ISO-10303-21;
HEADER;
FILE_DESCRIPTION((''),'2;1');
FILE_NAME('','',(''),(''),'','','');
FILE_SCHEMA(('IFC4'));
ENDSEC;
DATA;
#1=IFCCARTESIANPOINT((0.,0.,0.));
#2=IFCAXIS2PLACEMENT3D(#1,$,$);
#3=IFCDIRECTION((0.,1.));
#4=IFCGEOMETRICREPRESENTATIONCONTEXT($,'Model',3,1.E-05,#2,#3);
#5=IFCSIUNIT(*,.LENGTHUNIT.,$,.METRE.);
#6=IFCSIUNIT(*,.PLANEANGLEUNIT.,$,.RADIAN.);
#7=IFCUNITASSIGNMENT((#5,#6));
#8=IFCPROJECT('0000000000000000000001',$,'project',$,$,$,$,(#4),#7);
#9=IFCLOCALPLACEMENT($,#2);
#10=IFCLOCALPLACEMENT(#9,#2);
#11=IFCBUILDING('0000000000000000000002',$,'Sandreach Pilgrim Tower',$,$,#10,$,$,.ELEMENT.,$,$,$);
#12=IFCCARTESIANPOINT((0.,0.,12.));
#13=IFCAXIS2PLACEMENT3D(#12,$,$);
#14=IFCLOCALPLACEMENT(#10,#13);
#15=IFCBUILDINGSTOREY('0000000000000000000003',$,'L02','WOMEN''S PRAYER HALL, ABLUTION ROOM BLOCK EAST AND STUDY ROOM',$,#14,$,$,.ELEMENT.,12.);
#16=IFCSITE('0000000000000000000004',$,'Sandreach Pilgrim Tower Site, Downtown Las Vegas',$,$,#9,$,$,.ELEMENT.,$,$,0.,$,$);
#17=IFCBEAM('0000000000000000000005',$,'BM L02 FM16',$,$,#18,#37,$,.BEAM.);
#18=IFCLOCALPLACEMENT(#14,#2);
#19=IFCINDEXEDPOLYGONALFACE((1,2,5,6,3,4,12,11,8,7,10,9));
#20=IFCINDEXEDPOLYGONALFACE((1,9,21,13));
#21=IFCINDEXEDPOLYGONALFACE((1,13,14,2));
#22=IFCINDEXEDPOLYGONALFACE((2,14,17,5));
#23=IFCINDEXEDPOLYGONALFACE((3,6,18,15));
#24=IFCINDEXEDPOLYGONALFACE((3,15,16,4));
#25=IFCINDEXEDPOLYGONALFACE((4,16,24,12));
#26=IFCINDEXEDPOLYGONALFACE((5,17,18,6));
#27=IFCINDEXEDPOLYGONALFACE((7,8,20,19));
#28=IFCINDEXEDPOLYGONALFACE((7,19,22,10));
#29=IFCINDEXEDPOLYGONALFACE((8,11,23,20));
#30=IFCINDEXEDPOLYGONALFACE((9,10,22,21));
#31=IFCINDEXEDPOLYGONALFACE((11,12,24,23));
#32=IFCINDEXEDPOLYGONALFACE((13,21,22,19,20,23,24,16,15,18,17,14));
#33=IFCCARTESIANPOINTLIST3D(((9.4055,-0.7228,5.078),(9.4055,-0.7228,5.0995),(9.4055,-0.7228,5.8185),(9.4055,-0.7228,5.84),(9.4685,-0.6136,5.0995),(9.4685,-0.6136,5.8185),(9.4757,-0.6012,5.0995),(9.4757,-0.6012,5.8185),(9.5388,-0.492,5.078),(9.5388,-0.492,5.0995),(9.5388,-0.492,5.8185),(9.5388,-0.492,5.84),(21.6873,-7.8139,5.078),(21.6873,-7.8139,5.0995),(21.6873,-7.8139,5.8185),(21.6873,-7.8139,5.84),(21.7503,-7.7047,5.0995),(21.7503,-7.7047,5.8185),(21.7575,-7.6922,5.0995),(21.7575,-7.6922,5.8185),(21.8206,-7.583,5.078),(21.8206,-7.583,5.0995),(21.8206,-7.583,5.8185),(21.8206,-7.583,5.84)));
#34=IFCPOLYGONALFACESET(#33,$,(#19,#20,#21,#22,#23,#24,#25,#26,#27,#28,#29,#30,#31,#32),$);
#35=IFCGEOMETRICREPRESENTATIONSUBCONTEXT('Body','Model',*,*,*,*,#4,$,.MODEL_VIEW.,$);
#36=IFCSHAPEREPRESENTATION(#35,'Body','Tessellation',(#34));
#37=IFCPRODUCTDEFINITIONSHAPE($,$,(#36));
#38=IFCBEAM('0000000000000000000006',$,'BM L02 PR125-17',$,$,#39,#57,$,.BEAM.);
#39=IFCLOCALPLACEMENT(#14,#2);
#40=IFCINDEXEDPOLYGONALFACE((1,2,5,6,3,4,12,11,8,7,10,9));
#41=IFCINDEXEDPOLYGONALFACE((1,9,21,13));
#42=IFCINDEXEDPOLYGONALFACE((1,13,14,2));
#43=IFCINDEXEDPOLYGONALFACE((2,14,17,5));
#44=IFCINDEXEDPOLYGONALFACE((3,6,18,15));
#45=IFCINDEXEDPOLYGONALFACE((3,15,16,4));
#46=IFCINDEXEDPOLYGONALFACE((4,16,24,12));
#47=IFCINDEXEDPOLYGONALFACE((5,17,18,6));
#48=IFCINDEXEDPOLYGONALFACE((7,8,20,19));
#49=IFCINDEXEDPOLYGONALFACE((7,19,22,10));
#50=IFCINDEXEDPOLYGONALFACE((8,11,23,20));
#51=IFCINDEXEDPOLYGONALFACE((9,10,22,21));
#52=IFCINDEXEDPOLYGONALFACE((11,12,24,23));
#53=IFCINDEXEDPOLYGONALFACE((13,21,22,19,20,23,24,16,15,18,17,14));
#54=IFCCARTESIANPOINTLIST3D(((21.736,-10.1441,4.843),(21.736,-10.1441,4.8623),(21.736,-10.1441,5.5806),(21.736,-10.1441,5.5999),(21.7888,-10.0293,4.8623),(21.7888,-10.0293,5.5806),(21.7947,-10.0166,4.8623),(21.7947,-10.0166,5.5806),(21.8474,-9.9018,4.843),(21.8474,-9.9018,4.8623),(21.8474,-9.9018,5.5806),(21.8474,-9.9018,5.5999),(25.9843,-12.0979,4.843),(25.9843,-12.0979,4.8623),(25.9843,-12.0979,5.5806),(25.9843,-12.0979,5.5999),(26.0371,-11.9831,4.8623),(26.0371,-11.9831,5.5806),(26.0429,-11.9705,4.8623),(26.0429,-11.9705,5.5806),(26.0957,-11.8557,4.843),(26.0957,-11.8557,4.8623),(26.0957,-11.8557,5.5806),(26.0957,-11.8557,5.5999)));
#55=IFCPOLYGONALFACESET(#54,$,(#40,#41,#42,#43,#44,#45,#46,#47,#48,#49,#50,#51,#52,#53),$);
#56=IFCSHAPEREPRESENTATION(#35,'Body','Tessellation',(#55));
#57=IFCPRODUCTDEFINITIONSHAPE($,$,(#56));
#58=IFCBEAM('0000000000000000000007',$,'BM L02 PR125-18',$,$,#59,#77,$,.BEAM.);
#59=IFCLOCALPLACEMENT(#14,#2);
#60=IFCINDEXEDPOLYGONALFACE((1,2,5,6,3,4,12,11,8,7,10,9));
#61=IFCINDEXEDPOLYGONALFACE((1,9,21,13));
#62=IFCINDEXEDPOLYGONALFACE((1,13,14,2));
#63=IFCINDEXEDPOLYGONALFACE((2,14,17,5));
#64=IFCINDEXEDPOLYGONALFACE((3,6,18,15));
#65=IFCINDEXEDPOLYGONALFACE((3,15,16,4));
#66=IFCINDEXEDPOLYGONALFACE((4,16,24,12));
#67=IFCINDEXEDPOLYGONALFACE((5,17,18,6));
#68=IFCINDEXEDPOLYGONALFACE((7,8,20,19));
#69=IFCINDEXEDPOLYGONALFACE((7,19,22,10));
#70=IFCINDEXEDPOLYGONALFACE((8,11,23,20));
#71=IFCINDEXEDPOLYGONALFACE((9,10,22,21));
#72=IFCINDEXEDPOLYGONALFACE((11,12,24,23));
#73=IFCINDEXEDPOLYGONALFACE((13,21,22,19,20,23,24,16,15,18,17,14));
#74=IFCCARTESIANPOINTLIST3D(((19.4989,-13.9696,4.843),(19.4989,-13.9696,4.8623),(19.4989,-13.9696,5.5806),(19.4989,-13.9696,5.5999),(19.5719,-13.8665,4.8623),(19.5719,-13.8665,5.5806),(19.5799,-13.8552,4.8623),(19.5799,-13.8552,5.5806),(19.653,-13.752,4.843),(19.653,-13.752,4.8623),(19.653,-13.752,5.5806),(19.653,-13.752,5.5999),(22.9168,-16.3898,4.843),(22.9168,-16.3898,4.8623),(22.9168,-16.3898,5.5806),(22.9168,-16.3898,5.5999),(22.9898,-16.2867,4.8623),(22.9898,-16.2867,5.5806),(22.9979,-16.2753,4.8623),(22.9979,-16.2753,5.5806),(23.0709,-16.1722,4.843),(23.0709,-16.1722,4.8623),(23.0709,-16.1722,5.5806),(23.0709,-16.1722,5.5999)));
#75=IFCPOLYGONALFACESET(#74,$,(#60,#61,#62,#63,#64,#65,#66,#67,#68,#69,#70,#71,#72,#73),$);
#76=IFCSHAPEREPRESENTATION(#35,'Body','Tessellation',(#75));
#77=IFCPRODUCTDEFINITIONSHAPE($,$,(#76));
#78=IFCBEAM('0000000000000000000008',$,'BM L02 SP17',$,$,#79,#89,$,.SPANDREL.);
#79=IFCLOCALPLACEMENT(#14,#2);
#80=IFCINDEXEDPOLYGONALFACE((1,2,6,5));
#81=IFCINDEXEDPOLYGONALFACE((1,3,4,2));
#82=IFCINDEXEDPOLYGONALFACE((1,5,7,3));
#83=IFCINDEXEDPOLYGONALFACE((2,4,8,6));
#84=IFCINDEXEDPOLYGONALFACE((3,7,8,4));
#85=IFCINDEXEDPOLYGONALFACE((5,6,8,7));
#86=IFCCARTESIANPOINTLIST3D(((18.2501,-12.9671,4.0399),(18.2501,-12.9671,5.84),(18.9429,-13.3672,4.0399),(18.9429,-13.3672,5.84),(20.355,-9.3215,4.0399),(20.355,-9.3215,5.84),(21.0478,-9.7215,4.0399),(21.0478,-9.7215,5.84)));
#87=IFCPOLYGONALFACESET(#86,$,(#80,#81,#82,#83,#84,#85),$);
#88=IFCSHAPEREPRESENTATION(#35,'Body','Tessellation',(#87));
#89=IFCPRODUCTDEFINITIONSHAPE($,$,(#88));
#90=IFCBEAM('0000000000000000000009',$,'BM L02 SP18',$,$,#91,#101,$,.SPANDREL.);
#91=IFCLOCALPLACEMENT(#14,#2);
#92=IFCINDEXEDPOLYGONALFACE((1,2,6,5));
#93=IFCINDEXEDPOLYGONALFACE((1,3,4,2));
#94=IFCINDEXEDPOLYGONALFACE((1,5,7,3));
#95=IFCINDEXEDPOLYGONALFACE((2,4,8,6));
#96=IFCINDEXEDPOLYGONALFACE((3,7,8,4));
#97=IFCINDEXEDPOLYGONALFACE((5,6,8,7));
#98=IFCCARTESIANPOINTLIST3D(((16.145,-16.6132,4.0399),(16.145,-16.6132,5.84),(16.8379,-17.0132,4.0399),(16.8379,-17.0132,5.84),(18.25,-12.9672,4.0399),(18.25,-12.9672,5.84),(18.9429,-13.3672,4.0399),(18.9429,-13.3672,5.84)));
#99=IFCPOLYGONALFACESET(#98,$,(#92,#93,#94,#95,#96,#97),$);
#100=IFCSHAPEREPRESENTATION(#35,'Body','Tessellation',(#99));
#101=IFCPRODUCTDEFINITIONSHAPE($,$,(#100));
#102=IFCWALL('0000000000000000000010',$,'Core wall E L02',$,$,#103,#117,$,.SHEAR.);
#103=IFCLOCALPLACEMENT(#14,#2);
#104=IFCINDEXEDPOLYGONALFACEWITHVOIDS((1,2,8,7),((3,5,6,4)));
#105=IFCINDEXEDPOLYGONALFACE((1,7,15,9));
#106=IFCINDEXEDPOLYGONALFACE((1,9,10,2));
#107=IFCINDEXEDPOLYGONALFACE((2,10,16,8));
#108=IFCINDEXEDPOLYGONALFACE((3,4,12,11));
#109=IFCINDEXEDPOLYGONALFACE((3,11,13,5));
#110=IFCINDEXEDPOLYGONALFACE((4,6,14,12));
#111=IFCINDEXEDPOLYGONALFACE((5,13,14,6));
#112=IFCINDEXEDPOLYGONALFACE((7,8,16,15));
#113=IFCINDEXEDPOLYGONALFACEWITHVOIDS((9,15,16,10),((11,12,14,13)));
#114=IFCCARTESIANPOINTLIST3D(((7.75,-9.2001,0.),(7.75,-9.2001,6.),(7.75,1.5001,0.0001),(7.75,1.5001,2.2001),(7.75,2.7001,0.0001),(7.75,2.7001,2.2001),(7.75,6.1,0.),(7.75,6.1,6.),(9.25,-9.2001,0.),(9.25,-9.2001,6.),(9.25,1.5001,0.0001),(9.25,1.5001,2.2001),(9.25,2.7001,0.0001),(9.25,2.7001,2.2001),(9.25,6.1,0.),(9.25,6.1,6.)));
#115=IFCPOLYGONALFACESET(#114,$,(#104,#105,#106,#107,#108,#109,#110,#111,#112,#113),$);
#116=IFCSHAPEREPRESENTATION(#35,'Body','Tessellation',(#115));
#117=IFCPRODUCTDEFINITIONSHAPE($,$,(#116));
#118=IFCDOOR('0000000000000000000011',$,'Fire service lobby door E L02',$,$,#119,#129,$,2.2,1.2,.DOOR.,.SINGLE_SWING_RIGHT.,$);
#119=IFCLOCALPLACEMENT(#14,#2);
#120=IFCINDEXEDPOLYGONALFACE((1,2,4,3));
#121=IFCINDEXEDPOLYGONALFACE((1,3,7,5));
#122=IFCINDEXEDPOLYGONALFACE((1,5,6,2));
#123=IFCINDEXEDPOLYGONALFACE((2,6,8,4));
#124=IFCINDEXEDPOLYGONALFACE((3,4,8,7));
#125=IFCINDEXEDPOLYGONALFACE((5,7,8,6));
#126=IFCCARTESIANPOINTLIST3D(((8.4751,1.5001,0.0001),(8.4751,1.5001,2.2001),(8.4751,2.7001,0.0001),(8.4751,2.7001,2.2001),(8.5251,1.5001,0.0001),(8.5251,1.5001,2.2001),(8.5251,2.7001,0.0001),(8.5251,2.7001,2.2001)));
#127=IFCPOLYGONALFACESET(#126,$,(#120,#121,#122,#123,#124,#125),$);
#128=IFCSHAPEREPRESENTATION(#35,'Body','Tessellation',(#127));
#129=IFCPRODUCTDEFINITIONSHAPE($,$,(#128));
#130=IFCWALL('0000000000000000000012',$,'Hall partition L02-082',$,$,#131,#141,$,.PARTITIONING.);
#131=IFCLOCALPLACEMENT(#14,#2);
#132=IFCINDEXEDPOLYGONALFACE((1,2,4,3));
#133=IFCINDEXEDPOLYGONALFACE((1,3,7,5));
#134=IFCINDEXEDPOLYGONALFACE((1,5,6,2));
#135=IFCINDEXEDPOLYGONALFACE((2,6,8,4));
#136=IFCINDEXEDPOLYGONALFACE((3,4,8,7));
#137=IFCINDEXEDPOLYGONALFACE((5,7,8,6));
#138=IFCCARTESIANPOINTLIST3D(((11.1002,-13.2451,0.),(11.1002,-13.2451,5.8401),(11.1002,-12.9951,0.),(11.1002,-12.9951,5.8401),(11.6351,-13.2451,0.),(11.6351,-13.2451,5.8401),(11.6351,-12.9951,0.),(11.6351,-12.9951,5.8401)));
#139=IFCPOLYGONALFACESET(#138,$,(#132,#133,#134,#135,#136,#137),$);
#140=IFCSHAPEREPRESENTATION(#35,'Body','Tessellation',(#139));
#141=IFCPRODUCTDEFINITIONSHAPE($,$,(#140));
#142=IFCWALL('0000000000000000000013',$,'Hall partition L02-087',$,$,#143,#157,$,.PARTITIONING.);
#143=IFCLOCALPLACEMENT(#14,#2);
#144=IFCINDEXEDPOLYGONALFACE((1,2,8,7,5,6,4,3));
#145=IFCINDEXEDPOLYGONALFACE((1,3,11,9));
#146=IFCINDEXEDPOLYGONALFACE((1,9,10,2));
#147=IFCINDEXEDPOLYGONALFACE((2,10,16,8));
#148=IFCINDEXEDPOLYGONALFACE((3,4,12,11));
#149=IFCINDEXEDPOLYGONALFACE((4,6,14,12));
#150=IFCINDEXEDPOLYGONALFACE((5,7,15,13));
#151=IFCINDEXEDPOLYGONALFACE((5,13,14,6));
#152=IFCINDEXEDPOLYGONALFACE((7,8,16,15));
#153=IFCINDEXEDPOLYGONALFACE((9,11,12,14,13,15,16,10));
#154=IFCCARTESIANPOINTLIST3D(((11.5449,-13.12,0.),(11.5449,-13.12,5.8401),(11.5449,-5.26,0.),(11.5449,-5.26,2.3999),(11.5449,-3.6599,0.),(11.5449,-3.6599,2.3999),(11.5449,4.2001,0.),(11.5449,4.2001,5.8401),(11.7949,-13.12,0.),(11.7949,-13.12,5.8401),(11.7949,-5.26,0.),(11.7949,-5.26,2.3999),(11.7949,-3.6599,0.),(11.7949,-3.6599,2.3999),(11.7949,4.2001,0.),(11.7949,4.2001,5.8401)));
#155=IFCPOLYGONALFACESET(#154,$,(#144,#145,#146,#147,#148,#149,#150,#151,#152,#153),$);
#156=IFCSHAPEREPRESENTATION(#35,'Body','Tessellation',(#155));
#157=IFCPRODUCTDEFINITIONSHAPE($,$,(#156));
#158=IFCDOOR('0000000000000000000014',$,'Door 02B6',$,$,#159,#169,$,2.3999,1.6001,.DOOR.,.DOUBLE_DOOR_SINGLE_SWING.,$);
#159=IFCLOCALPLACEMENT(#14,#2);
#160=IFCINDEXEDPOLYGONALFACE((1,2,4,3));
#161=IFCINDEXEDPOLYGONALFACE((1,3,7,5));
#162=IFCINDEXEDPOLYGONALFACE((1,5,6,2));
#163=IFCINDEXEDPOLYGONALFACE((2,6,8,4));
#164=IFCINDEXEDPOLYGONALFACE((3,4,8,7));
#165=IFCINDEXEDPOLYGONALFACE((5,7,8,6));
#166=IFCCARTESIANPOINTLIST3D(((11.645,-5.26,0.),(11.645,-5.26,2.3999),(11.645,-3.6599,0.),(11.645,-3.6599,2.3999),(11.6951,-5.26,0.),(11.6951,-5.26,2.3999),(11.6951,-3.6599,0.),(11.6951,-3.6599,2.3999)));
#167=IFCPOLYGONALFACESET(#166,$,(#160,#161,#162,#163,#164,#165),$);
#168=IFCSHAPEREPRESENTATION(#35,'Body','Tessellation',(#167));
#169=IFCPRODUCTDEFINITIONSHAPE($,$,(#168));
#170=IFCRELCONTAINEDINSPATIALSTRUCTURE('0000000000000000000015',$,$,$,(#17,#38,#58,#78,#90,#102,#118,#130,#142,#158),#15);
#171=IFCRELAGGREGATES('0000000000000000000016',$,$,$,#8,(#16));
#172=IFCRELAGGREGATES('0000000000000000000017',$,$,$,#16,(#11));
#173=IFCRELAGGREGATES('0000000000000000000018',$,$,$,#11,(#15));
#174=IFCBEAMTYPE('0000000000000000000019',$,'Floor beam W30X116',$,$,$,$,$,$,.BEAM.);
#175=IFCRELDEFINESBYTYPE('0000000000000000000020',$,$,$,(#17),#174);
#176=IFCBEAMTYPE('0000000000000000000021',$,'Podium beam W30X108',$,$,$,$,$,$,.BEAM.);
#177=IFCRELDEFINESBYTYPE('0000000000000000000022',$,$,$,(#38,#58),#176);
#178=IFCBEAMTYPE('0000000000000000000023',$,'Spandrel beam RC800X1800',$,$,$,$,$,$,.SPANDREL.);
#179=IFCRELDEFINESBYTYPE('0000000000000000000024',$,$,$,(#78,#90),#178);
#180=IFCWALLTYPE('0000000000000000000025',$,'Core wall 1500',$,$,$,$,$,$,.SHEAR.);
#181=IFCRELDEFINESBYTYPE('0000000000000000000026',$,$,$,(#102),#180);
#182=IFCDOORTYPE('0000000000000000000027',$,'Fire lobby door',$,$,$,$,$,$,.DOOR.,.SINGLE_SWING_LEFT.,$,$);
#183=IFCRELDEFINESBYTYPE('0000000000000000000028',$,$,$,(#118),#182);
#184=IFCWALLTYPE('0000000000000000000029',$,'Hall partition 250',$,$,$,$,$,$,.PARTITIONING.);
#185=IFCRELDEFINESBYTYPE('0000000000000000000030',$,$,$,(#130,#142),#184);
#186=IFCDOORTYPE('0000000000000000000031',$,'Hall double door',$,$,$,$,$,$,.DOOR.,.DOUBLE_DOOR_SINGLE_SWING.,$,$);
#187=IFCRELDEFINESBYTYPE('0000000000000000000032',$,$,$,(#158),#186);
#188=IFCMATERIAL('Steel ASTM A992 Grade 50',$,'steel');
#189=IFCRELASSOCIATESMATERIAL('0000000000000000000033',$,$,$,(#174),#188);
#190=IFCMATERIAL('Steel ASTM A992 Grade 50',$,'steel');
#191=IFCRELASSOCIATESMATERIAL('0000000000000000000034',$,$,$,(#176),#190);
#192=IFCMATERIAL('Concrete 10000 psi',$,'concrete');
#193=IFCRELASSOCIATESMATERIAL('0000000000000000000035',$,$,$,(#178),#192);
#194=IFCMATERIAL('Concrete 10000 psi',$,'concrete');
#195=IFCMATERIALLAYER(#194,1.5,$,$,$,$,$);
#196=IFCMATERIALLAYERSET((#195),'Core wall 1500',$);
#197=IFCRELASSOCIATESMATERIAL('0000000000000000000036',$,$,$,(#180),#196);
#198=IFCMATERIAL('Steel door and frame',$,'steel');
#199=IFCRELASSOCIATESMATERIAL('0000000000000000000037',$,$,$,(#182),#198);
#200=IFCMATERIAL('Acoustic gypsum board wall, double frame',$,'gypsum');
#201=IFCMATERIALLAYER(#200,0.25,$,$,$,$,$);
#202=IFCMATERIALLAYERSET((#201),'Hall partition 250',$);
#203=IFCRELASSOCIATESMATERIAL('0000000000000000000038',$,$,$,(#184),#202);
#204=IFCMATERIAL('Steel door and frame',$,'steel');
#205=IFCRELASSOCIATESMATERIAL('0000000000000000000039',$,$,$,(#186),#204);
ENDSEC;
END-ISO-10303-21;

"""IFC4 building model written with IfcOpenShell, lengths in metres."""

from ifc_helpers import new_model, si_unit, direction, frame, frame_2d, origin, origin_2d, place, context, subcontext, project, spatial, rectangle, i_section, extrude, material, layer, layer_set, material_profile, profile_set, type_object, element, fill, save


model = new_model("IFC4")

# Units and contexts
model_context = context("Model", 3, precision=1e-05, world=origin(), true_north=direction((0.0, 1.0)))
body_context = subcontext(model_context, "Body", "Model", "MODEL_VIEW")
ifc_project = project(units=[si_unit("LENGTHUNIT", "METRE"), si_unit("PLANEANGLEUNIT", "RADIAN")], contexts=[model_context])

# Site, building, storey
site_placement = place(None, origin())
site = spatial("IfcSite", under=ifc_project, at=site_placement, Name="Sandreach Pilgrim Tower Site, Downtown Las Vegas", CompositionType="ELEMENT", RefElevation=0.0)
building_placement = place(site_placement, origin())
building = spatial("IfcBuilding", under=site, at=building_placement, Name="Sandreach Pilgrim Tower", CompositionType="ELEMENT")
storey_placement = place(building_placement, frame((0.0, 0.0, 12.0)))
storey = spatial("IfcBuildingStorey", under=building, at=storey_placement, Name="L02", Description="WOMEN'S PRAYER HALL, ABLUTION ROOM BLOCK EAST AND STUDY ROOM", CompositionType="ELEMENT", Elevation=12.0)

# Beams
ifc_material_1 = material(Name="Steel ASTM A992 Grade 50", Category="steel")
ifc_material_profile_1 = material_profile(ifc_material_1, i_section(OverallWidth=0.2666, OverallDepth=0.762, WebThickness=0.0144, FlangeThickness=0.0215, at=origin_2d()), Name="W30X116")
ifc_profile_set_1 = profile_set([ifc_material_profile_1], Name="Steel ASTM A992 Grade 50")
beam_type_1 = type_object("IfcBeamType", Name="Floor beam W30X116", PredefinedType="BEAM", material=ifc_profile_set_1)
beam_1_placement = place(storey_placement, frame((21.7539, -7.6985, 5.459), z_axis=(-0.866019, 0.500011, 0.0), x_axis=(-0.500011, -0.866019, 0.0)))
element("IfcBeam", 1, at=beam_1_placement, inside=storey, type_object=beam_type_1, Name="BM L02 FM16", PredefinedType="BEAM", context=body_context, shape_type="SweptSolid", body=[
    extrude(i_section(OverallWidth=0.2666, OverallDepth=0.762, WebThickness=0.0144, FlangeThickness=0.0215, at=origin_2d()), origin(), (0.0, 0.0, 1.0), 14.1819),
])
ifc_material_2 = material(Name="Steel ASTM A992 Grade 50", Category="steel")
ifc_material_profile_2 = material_profile(ifc_material_2, i_section(OverallWidth=0.2666, OverallDepth=0.7568, WebThickness=0.0139, FlangeThickness=0.0193, at=origin_2d()), Name="W30X108")
ifc_profile_set_2 = profile_set([ifc_material_profile_2], Name="Steel ASTM A992 Grade 50")
beam_type_2 = type_object("IfcBeamType", Name="Podium beam W30X108", PredefinedType="BEAM", material=ifc_profile_set_2)
beam_2_placement = place(storey_placement, frame((21.7917, -10.0229, 5.2214), z_axis=(0.908519, -0.417843, 0.0), x_axis=(0.417843, 0.908519, 0.0)))
element("IfcBeam", 2, at=beam_2_placement, inside=storey, type_object=beam_type_2, Name="BM L02 PR125-17", PredefinedType="BEAM", context=body_context, shape_type="SweptSolid", body=[
    extrude(i_section(OverallWidth=0.2666, OverallDepth=0.7568, WebThickness=0.0139, FlangeThickness=0.0193, at=origin_2d()), origin(), (0.0, 0.0, 1.0), 4.676),
])
beam_3_placement = place(storey_placement, frame((19.5759, -13.8608, 5.2214), z_axis=(0.816125, -0.577875, 0.0), x_axis=(0.577875, 0.816125, 0.0)))
element("IfcBeam", 3, at=beam_3_placement, inside=storey, type_object=beam_type_2, Name="BM L02 PR125-18", PredefinedType="BEAM", context=body_context, shape_type="SweptSolid", body=[
    extrude(i_section(OverallWidth=0.2666, OverallDepth=0.7568, WebThickness=0.0139, FlangeThickness=0.0193, at=origin_2d()), origin(), (0.0, 0.0, 1.0), 4.188),
])
ifc_material_3 = material(Name="Concrete 10000 psi", Category="concrete")
ifc_material_profile_3 = material_profile(ifc_material_3, rectangle(XDim=0.8, YDim=1.8, at=origin_2d()), Name="RC800X1800")
ifc_profile_set_3 = profile_set([ifc_material_profile_3], Name="Concrete 10000 psi")
beam_type_3 = type_object("IfcBeamType", Name="Spandrel beam RC800X1800", PredefinedType="SPANDREL", material=ifc_profile_set_3)
beam_4_placement = place(storey_placement, frame((20.7014, -9.5215, 4.9399), z_axis=(-0.500019, -0.866015, 0.0), x_axis=(0.866015, -0.500019, 0.0)))
element("IfcBeam", 4, at=beam_4_placement, inside=storey, type_object=beam_type_3, Name="BM L02 SP17", PredefinedType="SPANDREL", context=body_context, shape_type="SweptSolid", body=[
    extrude(rectangle(XDim=0.8, YDim=1.8, at=origin_2d()), origin(), (0.0, 0.0, 1.0), 4.2097),
])
beam_5_placement = place(storey_placement, frame((18.5964, -13.1672, 4.9399), z_axis=(-0.499994, -0.866029, 0.0), x_axis=(0.866029, -0.499994, 0.0)))
element("IfcBeam", 5, at=beam_5_placement, inside=storey, type_object=beam_type_3, Name="BM L02 SP18", PredefinedType="SPANDREL", context=body_context, shape_type="SweptSolid", body=[
    extrude(rectangle(XDim=0.8, YDim=1.8, at=origin_2d()), origin(), (0.0, 0.0, 1.0), 4.21),
])

# Wall, opening, door
ifc_material_4 = material(Name="Concrete 10000 psi", Category="concrete")
ifc_layer_1 = layer(ifc_material_4, 1.5)
ifc_layer_set_1 = layer_set([ifc_layer_1], Name="Core wall 1500")
wall_type_1 = type_object("IfcWallType", Name="Core wall 1500", PredefinedType="SHEAR", material=ifc_layer_set_1)
wall_1_placement = place(storey_placement, frame((8.5, -9.2, 0.0), z_axis=(0.0, 0.0, 1.0), x_axis=(0.0, 1.0, 0.0)))
wall_1 = element("IfcWall", 6, at=wall_1_placement, inside=storey, type_object=wall_type_1, Name="Core wall E L02", PredefinedType="SHEAR", context=body_context, shape_type="SweptSolid", body=[
    extrude(rectangle(XDim=15.3, YDim=1.5, at=frame_2d((7.6499, 0.0))), origin(), (0.0, 0.0, 1.0), 6.0),
])
opening_1_placement = place(wall_1_placement, frame((10.7, 0.0, 0.0)))
opening_1 = element("IfcOpeningElement", 7, at=opening_1_placement, cuts=wall_1, PredefinedType="OPENING", context=body_context, shape_type="SweptSolid", body=[
    extrude(rectangle(XDim=1.2, YDim=2.2, at=frame_2d((0.6001, 1.1001))), frame((0.0, 0.75, 0.0), z_axis=(0.0, -1.0, 0.0), x_axis=(1.0, 0.0, 0.0)), (0.0, 0.0, 1.0), 1.5),
])
ifc_material_5 = material(Name="Steel door and frame", Category="steel")
door_type_1 = type_object("IfcDoorType", Name="Fire lobby door", OperationType="SINGLE_SWING_LEFT", PredefinedType="DOOR", material=ifc_material_5)
door_1_placement = place(opening_1_placement, origin())
door_1 = element("IfcDoor", 8, at=door_1_placement, inside=storey, type_object=door_type_1, Name="Fire service lobby door E L02", OperationType="SINGLE_SWING_RIGHT", OverallHeight=2.2, OverallWidth=1.2, PredefinedType="DOOR", context=body_context, shape_type="SweptSolid", body=[
    extrude(rectangle(XDim=1.2, YDim=2.2, at=frame_2d((0.6001, 1.1001))), frame((0.0, 0.0249, 0.0), z_axis=(0.0, -1.0, 0.0), x_axis=(1.0, 0.0, 0.0)), (0.0, 0.0, 1.0), 0.05),
])
fill(opening_1, door_1)

# Wall
ifc_material_6 = material(Name="Acoustic gypsum board wall, double frame", Category="gypsum")
ifc_layer_2 = layer(ifc_material_6, 0.25)
ifc_layer_set_2 = layer_set([ifc_layer_2], Name="Hall partition 250")
wall_type_2 = type_object("IfcWallType", Name="Hall partition 250", PredefinedType="PARTITIONING", material=ifc_layer_set_2)
wall_2_placement = place(storey_placement, frame((11.1001, -13.1201, 0.0), z_axis=(0.0, 0.0, 1.0), x_axis=(1.0, 0.0, 0.0)))
element("IfcWall", 9, at=wall_2_placement, inside=storey, type_object=wall_type_2, Name="Hall partition L02-082", PredefinedType="PARTITIONING", context=body_context, shape_type="SweptSolid", body=[
    extrude(rectangle(XDim=0.5349, YDim=0.25, at=frame_2d((0.2676, 0.0))), origin(), (0.0, 0.0, 1.0), 5.8401),
])

# Wall, opening, door
wall_3_placement = place(storey_placement, frame((11.6699, -13.1201, 0.0), z_axis=(0.0, 0.0, 1.0), x_axis=(0.0, 1.0, 0.0)))
wall_3 = element("IfcWall", 10, at=wall_3_placement, inside=storey, type_object=wall_type_2, Name="Hall partition L02-087", PredefinedType="PARTITIONING", context=body_context, shape_type="SweptSolid", body=[
    extrude(rectangle(XDim=17.3201, YDim=0.25, at=frame_2d((8.6602, 0.0))), origin(), (0.0, 0.0, 1.0), 5.8401),
])
opening_2_placement = place(wall_3_placement, frame((7.8601, 0.0, 0.0)))
opening_2 = element("IfcOpeningElement", 11, at=opening_2_placement, cuts=wall_3, PredefinedType="OPENING", context=body_context, shape_type="SweptSolid", body=[
    extrude(rectangle(XDim=1.6001, YDim=2.3999, at=frame_2d((0.8, 1.2))), frame((0.0, 0.125, 0.0), z_axis=(0.0, -1.0, 0.0), x_axis=(1.0, 0.0, 0.0)), (0.0, 0.0, 1.0), 0.25),
])
ifc_material_7 = material(Name="Steel door and frame", Category="steel")
door_type_2 = type_object("IfcDoorType", Name="Hall double door", OperationType="DOUBLE_DOOR_SINGLE_SWING", PredefinedType="DOOR", material=ifc_material_7)
door_2_placement = place(opening_2_placement, origin())
door_2 = element("IfcDoor", 12, at=door_2_placement, inside=storey, type_object=door_type_2, Name="Door 02B6", OperationType="DOUBLE_DOOR_SINGLE_SWING", OverallHeight=2.3999, OverallWidth=1.6001, PredefinedType="DOOR", context=body_context, shape_type="SweptSolid", body=[
    extrude(rectangle(XDim=1.6001, YDim=2.3999, at=frame_2d((0.8, 1.2))), frame((0.0, 0.0249, 0.0), z_axis=(0.0, -1.0, 0.0), x_axis=(1.0, 0.0, 0.0)), (0.0, 0.0, 1.0), 0.05),
])
fill(opening_2, door_2)

save(model, "model.ifc")
